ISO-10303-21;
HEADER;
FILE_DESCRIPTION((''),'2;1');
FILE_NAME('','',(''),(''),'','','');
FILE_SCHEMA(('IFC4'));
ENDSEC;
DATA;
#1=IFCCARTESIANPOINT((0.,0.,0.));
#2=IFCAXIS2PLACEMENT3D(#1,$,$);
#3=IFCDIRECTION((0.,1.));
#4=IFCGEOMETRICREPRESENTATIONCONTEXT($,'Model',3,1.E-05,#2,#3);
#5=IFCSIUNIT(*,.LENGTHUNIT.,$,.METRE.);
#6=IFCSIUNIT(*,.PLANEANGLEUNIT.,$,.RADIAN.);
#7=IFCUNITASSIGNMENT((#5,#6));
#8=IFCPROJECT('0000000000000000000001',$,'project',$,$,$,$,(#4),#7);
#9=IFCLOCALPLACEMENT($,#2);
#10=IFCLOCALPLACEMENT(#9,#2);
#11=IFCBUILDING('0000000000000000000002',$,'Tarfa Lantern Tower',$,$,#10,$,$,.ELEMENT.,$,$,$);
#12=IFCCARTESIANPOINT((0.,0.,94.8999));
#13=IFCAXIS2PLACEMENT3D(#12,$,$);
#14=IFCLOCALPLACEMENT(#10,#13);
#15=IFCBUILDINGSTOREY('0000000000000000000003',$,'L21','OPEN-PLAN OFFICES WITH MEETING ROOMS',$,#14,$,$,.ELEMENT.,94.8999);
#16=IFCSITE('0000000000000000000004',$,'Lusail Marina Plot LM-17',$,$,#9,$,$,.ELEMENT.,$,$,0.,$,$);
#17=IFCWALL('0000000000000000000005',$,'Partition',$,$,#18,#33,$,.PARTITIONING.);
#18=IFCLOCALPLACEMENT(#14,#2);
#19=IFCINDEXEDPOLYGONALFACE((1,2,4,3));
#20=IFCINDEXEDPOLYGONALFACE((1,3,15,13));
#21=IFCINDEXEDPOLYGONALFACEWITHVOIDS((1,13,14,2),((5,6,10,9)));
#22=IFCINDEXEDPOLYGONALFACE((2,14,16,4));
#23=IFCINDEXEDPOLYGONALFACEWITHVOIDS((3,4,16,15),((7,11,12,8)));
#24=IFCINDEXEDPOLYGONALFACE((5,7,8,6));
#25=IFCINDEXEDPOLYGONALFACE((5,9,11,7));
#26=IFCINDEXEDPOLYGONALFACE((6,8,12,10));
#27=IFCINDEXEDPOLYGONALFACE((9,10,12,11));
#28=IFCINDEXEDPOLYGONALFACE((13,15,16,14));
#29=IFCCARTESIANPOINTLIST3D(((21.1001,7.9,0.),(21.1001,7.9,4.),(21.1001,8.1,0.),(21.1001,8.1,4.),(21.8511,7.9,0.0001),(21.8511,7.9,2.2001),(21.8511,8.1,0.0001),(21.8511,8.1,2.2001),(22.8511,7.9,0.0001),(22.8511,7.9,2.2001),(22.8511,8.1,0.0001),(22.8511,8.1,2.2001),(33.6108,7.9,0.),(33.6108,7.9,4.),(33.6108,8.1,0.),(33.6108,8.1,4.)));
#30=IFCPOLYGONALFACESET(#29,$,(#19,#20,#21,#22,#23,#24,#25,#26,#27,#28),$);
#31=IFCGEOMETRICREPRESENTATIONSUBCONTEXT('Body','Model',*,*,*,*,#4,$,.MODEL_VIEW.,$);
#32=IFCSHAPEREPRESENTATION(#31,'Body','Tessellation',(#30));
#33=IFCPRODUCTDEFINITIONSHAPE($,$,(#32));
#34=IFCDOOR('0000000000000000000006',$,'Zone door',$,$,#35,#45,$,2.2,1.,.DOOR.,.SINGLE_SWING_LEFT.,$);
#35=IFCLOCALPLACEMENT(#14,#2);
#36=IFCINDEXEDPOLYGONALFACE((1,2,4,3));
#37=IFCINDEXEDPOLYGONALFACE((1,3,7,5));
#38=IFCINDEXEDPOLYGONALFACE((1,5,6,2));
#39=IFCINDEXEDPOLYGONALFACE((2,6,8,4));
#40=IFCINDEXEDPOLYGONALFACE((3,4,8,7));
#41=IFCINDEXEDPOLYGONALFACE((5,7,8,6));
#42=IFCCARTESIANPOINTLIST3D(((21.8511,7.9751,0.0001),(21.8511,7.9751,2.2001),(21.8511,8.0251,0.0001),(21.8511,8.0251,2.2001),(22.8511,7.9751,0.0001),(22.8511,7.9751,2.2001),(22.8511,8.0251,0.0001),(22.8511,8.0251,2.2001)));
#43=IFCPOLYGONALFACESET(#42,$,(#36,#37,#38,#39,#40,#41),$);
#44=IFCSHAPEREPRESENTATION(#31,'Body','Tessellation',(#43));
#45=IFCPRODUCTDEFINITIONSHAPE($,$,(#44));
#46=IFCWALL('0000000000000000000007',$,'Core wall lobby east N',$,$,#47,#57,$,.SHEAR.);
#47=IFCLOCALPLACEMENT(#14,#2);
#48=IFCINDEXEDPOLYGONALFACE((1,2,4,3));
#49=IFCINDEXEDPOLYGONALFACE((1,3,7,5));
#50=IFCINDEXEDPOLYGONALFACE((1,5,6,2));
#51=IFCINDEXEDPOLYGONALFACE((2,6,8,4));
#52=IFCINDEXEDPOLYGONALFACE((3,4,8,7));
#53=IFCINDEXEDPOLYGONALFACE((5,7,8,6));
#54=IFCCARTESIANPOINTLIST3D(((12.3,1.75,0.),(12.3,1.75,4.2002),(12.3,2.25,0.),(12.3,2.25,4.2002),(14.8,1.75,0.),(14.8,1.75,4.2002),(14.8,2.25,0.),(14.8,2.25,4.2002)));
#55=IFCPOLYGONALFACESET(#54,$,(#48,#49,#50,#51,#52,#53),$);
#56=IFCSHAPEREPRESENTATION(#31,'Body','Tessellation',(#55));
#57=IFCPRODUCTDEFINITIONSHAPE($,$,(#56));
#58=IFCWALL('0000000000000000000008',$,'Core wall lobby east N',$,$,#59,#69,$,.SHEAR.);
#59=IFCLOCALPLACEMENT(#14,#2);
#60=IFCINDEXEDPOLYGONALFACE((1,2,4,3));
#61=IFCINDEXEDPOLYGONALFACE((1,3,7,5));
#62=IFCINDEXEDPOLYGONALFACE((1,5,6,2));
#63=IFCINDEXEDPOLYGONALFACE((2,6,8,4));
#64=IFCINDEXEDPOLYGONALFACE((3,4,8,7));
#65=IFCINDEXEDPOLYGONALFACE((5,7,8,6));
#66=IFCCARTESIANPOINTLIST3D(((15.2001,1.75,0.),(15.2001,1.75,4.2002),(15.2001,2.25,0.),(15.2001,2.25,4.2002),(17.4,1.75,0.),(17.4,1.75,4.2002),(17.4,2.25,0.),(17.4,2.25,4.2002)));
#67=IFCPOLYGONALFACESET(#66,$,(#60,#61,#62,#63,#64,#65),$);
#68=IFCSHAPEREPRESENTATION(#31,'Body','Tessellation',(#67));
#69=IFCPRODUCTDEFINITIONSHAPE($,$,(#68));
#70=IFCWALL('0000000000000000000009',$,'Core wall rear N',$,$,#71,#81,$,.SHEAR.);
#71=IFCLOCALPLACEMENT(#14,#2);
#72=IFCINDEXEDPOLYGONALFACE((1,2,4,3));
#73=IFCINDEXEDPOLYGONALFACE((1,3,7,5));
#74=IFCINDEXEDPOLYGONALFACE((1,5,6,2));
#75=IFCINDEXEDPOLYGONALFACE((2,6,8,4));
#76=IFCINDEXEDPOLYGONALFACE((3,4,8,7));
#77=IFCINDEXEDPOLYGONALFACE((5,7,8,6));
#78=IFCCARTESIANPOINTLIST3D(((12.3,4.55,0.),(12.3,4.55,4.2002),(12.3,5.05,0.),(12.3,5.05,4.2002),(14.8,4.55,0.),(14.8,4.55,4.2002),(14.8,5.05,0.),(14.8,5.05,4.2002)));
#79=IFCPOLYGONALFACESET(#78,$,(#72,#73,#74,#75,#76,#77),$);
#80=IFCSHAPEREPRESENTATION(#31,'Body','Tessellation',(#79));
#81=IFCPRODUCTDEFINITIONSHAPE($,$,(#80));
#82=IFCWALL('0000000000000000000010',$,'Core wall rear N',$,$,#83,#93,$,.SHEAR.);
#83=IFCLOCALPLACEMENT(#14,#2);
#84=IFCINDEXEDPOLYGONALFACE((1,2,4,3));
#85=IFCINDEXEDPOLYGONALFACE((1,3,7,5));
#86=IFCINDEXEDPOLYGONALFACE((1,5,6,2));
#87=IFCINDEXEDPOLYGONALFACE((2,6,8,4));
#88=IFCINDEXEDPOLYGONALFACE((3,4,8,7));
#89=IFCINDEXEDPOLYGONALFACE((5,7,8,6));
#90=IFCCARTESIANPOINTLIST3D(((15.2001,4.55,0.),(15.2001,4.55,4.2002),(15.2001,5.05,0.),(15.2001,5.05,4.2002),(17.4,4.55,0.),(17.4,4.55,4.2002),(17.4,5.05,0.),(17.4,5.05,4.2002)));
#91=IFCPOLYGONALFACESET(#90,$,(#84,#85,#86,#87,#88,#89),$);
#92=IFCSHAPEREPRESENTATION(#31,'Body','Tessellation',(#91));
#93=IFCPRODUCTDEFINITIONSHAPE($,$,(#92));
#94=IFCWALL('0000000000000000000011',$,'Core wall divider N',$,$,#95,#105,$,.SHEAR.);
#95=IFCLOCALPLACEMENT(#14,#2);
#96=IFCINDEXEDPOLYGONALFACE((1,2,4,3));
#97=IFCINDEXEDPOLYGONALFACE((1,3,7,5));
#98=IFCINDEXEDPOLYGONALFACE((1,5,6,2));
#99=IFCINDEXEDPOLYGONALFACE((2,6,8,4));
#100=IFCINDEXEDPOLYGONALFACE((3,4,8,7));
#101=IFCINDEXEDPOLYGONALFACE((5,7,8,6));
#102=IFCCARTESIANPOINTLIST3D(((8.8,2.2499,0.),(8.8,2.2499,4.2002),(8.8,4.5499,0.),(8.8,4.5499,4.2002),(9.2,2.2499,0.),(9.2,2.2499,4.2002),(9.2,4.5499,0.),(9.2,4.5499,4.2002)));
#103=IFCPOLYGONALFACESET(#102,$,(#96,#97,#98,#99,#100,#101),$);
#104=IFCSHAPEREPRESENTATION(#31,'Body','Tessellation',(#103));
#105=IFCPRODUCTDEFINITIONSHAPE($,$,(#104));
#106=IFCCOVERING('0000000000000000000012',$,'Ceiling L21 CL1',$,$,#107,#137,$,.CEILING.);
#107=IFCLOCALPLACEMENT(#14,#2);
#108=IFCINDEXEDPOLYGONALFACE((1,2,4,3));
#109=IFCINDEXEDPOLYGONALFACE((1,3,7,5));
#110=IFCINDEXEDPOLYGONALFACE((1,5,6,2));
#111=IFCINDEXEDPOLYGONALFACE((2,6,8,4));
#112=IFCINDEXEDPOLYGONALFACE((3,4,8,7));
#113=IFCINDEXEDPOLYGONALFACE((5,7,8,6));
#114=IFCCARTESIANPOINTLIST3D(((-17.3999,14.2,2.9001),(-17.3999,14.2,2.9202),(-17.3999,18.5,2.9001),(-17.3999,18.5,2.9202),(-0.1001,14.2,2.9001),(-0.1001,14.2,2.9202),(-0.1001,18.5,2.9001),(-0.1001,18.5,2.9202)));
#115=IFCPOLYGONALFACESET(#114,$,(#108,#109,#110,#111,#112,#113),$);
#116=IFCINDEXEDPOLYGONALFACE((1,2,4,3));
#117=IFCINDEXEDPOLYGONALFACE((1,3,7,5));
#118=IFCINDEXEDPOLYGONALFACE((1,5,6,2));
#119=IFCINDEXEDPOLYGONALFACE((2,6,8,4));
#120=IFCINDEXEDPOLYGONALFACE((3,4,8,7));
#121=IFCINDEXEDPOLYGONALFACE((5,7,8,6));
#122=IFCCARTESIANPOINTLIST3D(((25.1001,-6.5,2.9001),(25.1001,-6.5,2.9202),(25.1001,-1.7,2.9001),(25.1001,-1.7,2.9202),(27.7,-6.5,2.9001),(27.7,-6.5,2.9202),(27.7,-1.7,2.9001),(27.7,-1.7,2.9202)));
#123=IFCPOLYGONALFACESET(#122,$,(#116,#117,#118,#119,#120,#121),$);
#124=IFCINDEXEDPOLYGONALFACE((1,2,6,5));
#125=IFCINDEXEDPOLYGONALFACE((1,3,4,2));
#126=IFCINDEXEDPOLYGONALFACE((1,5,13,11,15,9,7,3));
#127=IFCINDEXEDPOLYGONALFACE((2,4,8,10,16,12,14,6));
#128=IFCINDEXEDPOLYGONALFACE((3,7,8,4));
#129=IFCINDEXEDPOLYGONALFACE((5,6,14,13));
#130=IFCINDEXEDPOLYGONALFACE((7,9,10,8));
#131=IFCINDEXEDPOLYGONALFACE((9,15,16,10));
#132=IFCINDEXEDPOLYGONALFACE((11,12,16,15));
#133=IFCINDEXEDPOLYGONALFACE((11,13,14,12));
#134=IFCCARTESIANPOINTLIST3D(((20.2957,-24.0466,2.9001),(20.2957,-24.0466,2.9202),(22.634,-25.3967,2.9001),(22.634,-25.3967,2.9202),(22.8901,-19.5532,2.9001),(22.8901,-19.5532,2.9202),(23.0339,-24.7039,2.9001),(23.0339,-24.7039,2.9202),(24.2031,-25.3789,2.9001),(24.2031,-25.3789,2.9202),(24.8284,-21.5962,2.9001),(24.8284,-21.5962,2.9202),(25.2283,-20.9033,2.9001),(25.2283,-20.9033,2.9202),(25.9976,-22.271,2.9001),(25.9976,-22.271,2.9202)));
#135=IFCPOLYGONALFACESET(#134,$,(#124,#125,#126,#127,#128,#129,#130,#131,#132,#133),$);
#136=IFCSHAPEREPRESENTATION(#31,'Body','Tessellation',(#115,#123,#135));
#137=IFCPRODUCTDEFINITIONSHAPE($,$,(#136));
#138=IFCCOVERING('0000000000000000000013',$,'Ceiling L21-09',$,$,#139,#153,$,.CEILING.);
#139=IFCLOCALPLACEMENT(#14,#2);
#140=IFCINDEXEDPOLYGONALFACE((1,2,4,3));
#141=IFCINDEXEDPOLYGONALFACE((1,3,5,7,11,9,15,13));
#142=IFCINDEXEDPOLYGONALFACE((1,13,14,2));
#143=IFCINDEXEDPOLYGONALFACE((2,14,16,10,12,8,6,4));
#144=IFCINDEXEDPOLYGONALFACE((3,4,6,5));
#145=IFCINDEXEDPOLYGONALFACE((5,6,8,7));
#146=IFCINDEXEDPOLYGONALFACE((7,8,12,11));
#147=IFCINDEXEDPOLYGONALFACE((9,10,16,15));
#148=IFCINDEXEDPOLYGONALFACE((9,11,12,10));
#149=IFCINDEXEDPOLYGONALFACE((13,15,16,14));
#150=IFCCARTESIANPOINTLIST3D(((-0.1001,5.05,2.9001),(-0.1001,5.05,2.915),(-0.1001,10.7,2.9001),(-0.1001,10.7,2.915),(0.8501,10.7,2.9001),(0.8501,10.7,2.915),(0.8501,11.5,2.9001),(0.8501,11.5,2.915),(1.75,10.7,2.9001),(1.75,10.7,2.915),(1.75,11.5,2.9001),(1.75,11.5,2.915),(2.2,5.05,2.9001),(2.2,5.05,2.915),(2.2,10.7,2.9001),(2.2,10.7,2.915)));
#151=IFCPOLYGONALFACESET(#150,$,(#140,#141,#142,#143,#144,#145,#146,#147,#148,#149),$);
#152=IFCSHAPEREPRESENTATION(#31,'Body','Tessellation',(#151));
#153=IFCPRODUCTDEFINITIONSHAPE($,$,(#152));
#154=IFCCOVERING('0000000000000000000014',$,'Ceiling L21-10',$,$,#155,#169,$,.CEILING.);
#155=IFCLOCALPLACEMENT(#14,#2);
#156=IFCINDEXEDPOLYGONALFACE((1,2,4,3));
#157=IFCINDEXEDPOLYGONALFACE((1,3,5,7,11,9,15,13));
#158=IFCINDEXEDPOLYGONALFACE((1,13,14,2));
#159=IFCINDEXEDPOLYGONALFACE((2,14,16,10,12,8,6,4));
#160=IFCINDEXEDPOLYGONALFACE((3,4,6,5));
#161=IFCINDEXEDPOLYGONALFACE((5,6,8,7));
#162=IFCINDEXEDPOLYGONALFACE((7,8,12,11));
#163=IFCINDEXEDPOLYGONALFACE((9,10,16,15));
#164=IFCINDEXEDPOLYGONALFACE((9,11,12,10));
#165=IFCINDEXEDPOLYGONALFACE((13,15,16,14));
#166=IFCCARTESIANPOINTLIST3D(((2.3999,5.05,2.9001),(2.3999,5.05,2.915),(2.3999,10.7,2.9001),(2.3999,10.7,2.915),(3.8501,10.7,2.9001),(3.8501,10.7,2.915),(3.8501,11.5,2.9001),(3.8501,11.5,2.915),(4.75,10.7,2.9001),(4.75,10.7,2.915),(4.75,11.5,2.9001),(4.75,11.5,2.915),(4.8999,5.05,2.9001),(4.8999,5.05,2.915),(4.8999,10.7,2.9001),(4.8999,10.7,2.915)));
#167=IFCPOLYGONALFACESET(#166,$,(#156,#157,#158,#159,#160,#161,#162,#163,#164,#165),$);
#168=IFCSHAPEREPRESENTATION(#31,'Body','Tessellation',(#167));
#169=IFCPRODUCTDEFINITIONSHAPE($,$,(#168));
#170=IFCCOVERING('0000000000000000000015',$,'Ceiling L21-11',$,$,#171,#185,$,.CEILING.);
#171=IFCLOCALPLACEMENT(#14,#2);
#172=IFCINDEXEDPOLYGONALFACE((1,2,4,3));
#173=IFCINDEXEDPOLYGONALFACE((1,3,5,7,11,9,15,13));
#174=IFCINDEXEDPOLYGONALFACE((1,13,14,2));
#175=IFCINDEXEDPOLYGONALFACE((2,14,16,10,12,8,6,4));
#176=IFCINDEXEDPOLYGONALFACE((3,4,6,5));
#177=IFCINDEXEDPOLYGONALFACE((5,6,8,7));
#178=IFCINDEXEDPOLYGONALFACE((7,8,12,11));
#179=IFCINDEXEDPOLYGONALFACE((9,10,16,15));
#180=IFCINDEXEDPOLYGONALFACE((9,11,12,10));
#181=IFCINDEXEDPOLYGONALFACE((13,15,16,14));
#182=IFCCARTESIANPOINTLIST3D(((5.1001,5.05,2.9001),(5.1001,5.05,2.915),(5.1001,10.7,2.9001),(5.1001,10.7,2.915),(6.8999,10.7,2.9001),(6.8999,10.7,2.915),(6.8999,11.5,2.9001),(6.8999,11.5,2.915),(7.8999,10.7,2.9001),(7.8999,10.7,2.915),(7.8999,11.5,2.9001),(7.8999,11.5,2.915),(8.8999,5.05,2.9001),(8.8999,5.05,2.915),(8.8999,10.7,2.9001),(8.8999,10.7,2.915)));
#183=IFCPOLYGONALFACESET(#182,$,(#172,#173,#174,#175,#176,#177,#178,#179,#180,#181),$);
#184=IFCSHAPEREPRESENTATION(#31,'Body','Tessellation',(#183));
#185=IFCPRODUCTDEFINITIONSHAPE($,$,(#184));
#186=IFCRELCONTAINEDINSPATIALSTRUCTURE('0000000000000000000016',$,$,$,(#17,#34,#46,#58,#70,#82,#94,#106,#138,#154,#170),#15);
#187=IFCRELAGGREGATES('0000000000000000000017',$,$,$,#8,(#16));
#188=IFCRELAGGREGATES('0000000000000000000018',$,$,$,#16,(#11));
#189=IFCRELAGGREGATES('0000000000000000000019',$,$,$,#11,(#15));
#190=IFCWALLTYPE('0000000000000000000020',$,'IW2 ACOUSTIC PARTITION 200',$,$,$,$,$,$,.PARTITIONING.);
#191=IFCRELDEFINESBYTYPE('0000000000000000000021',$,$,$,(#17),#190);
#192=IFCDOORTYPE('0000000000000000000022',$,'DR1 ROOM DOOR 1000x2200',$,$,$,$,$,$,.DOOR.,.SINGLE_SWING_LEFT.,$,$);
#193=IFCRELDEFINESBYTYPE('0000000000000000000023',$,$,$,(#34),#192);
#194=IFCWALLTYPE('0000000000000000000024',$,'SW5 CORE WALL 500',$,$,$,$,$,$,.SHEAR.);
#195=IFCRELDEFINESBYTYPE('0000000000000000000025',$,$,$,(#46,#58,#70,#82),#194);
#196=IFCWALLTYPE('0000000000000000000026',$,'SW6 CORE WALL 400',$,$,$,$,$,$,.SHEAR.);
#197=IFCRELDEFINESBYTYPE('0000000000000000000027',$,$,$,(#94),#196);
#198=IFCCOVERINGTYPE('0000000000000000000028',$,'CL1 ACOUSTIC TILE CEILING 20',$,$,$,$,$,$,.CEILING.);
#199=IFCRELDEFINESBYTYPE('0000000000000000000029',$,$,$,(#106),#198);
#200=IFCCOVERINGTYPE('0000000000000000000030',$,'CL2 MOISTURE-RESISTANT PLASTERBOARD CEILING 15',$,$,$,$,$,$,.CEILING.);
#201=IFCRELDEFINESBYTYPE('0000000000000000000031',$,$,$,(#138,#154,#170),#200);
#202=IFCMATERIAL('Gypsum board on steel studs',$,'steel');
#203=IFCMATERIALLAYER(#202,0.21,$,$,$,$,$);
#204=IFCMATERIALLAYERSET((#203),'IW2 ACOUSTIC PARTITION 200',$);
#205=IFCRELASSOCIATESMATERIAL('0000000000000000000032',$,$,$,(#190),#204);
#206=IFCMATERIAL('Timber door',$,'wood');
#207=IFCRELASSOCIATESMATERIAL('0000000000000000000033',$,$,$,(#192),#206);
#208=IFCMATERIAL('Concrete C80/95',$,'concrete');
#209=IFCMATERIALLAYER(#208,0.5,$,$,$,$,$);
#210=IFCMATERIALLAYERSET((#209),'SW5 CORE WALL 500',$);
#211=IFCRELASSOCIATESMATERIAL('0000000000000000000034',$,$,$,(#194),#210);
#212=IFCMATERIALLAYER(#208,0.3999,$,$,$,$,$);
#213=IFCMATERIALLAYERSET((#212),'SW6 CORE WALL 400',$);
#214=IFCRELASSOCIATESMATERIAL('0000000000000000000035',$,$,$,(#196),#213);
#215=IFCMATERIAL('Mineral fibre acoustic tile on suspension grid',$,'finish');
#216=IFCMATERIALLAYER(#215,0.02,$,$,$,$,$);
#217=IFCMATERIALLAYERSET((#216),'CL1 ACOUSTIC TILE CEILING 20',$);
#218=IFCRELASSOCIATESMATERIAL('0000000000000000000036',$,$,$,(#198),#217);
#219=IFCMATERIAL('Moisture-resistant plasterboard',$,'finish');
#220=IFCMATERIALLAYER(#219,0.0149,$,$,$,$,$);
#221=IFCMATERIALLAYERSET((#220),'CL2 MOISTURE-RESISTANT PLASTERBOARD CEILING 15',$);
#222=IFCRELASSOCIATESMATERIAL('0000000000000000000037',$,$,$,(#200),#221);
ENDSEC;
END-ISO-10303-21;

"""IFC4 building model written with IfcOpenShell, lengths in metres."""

from ifc_helpers import new_model, si_unit, direction, frame, frame_2d, origin, place, context, subcontext, project, spatial, polyline, rectangle, outline, extrude, material, layer, layer_set, type_object, element, fill, save


model = new_model("IFC4")

# Units and contexts
model_context = context("Model", 3, precision=1e-05, world=origin(), true_north=direction((0.0, 1.0)))
body_context = subcontext(model_context, "Body", "Model", "MODEL_VIEW")
ifc_project = project(units=[si_unit("LENGTHUNIT", "METRE"), si_unit("PLANEANGLEUNIT", "RADIAN")], contexts=[model_context])

# Site, building, storey
site_placement = place(None, origin())
site = spatial("IfcSite", under=ifc_project, at=site_placement, Name="Lusail Marina Plot LM-17", CompositionType="ELEMENT", RefElevation=0.0)
building_placement = place(site_placement, origin())
building = spatial("IfcBuilding", under=site, at=building_placement, Name="Tarfa Lantern Tower", CompositionType="ELEMENT")
storey_placement = place(building_placement, frame((0.0, 0.0, 94.8999)))
storey = spatial("IfcBuildingStorey", under=building, at=storey_placement, Name="L21", Description="OPEN-PLAN OFFICES WITH MEETING ROOMS", CompositionType="ELEMENT", Elevation=94.8999)

# Shared definitions
ifc_material_1 = material(Name="Gypsum board on steel studs", Category="steel")
ifc_layer_1 = layer(ifc_material_1, 0.21)
ifc_layer_set_1 = layer_set([ifc_layer_1], Name="IW2 ACOUSTIC PARTITION 200")
wall_type_1 = type_object("IfcWallType", Name="IW2 ACOUSTIC PARTITION 200", PredefinedType="PARTITIONING", material=ifc_layer_set_1)

# Wall, opening, door
ifc_material_2 = material(Name="Timber door", Category="wood")
wall_1_placement = place(storey_placement, frame((21.1001, 8.0, 0.0), z_axis=(0.0, 0.0, 1.0), x_axis=(1.0, 0.0, 0.0)))
wall_1 = element("IfcWall", 1, at=wall_1_placement, inside=storey, type_object=wall_type_1, Name="Partition", PredefinedType="PARTITIONING", context=body_context, shape_type="SweptSolid", body=[
    extrude(rectangle(XDim=12.5107, YDim=0.2, at=frame_2d((6.2554, 0.0))), origin(), (0.0, 0.0, 1.0), 4.0),
])
opening_1_placement = place(wall_1_placement, frame((0.751, 0.0, 0.0)))
opening_1 = element("IfcOpeningElement", 2, at=opening_1_placement, cuts=wall_1, PredefinedType="OPENING", context=body_context, shape_type="SweptSolid", body=[
    extrude(rectangle(XDim=1.0, YDim=2.2, at=frame_2d((0.5, 1.1001))), frame((0.0, 0.1099, 0.0), z_axis=(0.0, -1.0, 0.0), x_axis=(1.0, 0.0, 0.0)), (0.0, 0.0, 1.0), 0.22),
])
door_type_1 = type_object("IfcDoorType", Name="DR1 ROOM DOOR 1000x2200", OperationType="SINGLE_SWING_LEFT", PredefinedType="DOOR", material=ifc_material_2)
door_1_placement = place(opening_1_placement, frame((1.0, 0.0, 0.0), z_axis=(0.0, 0.0, 1.0), x_axis=(-1.0, 0.0, 0.0)))
door_1 = element("IfcDoor", 3, at=door_1_placement, inside=storey, type_object=door_type_1, Name="Zone door", OperationType="SINGLE_SWING_LEFT", OverallHeight=2.2, OverallWidth=1.0, PredefinedType="DOOR", context=body_context, shape_type="SweptSolid", body=[
    extrude(rectangle(XDim=1.0, YDim=2.2, at=frame_2d((0.5, 1.1001))), frame((0.0, 0.0249, 0.0), z_axis=(0.0, -1.0, 0.0), x_axis=(1.0, 0.0, 0.0)), (0.0, 0.0, 1.0), 0.05),
])
fill(opening_1, door_1)

# Walls
ifc_material_3 = material(Name="Concrete C80/95", Category="concrete")
ifc_layer_2 = layer(ifc_material_3, 0.5)
ifc_layer_set_2 = layer_set([ifc_layer_2], Name="SW5 CORE WALL 500")
wall_type_2 = type_object("IfcWallType", Name="SW5 CORE WALL 500", PredefinedType="SHEAR", material=ifc_layer_set_2)
wall_2_placement = place(storey_placement, frame((12.3, 2.0, 0.0), z_axis=(0.0, 0.0, 1.0), x_axis=(1.0, 0.0, 0.0)))
element("IfcWall", 4, at=wall_2_placement, inside=storey, type_object=wall_type_2, Name="Core wall lobby east N", PredefinedType="SHEAR", context=body_context, shape_type="SweptSolid", body=[
    extrude(rectangle(XDim=2.5, YDim=0.5, at=frame_2d((1.25, 0.0))), origin(), (0.0, 0.0, 1.0), 4.2002),
])
wall_3_placement = place(storey_placement, frame((15.2, 2.0, 0.0), z_axis=(0.0, 0.0, 1.0), x_axis=(1.0, 0.0, 0.0)))
element("IfcWall", 5, at=wall_3_placement, inside=storey, type_object=wall_type_2, Name="Core wall lobby east N", PredefinedType="SHEAR", context=body_context, shape_type="SweptSolid", body=[
    extrude(rectangle(XDim=2.2, YDim=0.5, at=frame_2d((1.1001, 0.0))), origin(), (0.0, 0.0, 1.0), 4.2002),
])
wall_4_placement = place(storey_placement, frame((12.3, 4.8, 0.0), z_axis=(0.0, 0.0, 1.0), x_axis=(1.0, 0.0, 0.0)))
element("IfcWall", 6, at=wall_4_placement, inside=storey, type_object=wall_type_2, Name="Core wall rear N", PredefinedType="SHEAR", context=body_context, shape_type="SweptSolid", body=[
    extrude(rectangle(XDim=2.5, YDim=0.5, at=frame_2d((1.25, 0.0))), origin(), (0.0, 0.0, 1.0), 4.2002),
])
wall_5_placement = place(storey_placement, frame((15.2, 4.8, 0.0), z_axis=(0.0, 0.0, 1.0), x_axis=(1.0, 0.0, 0.0)))
element("IfcWall", 7, at=wall_5_placement, inside=storey, type_object=wall_type_2, Name="Core wall rear N", PredefinedType="SHEAR", context=body_context, shape_type="SweptSolid", body=[
    extrude(rectangle(XDim=2.2, YDim=0.5, at=frame_2d((1.1001, 0.0))), origin(), (0.0, 0.0, 1.0), 4.2002),
])
ifc_layer_3 = layer(ifc_material_3, 0.3999)
ifc_layer_set_3 = layer_set([ifc_layer_3], Name="SW6 CORE WALL 400")
wall_type_3 = type_object("IfcWallType", Name="SW6 CORE WALL 400", PredefinedType="SHEAR", material=ifc_layer_set_3)
wall_6_placement = place(storey_placement, frame((9.0, 2.25, 0.0), z_axis=(0.0, 0.0, 1.0), x_axis=(0.0, 1.0, 0.0)))
element("IfcWall", 8, at=wall_6_placement, inside=storey, type_object=wall_type_3, Name="Core wall divider N", PredefinedType="SHEAR", context=body_context, shape_type="SweptSolid", body=[
    extrude(rectangle(XDim=2.3, YDim=0.3999, at=frame_2d((1.1499, 0.0))), origin(), (0.0, 0.0, 1.0), 4.2002),
])

# Coverings
ifc_material_4 = material(Name="Mineral fibre acoustic tile on suspension grid", Category="finish")
ifc_layer_4 = layer(ifc_material_4, 0.02)
ifc_layer_set_4 = layer_set([ifc_layer_4], Name="CL1 ACOUSTIC TILE CEILING 20")
covering_type_1 = type_object("IfcCoveringType", Name="CL1 ACOUSTIC TILE CEILING 20", PredefinedType="CEILING", material=ifc_layer_set_4)
covering_1_placement = place(storey_placement, frame((0.0, 0.0, 2.9001)))
element("IfcCovering", 9, at=covering_1_placement, inside=storey, type_object=covering_type_1, Name="Ceiling L21 CL1", PredefinedType="CEILING", context=body_context, shape_type="SweptSolid", body=[
    extrude(outline(polyline([(-17.3999, 18.5), (-0.1001, 18.5), (-0.1001, 14.2), (-17.3999, 14.2), (-17.3999, 18.5)])), origin(), (0.0, 0.0, 1.0), 0.02),
    extrude(outline(polyline([(25.1001, -1.7), (27.7, -1.7), (27.7, -6.5), (25.1001, -6.5), (25.1001, -1.7)])), origin(), (0.0, 0.0, 1.0), 0.02),
    extrude(outline(polyline([(22.8901, -19.5532), (25.2283, -20.9033), (24.8284, -21.5962), (25.9976, -22.271), (24.2031, -25.3789), (23.0339, -24.7039), (22.634, -25.3967), (20.2957, -24.0466), (22.8901, -19.5532)])), origin(), (0.0, 0.0, 1.0), 0.02),
])
ifc_material_5 = material(Name="Moisture-resistant plasterboard", Category="finish")
ifc_layer_5 = layer(ifc_material_5, 0.0149)
ifc_layer_set_5 = layer_set([ifc_layer_5], Name="CL2 MOISTURE-RESISTANT PLASTERBOARD CEILING 15")
covering_type_2 = type_object("IfcCoveringType", Name="CL2 MOISTURE-RESISTANT PLASTERBOARD CEILING 15", PredefinedType="CEILING", material=ifc_layer_set_5)
covering_2_placement = place(storey_placement, frame((0.0, 0.0, 2.9001)))
element("IfcCovering", 10, at=covering_2_placement, inside=storey, type_object=covering_type_2, Name="Ceiling L21-09", PredefinedType="CEILING", context=body_context, shape_type="SweptSolid", body=[
    extrude(outline(polyline([(0.8501, 10.7), (-0.1001, 10.7), (-0.1001, 5.05), (2.2, 5.05), (2.2, 10.7), (1.75, 10.7), (1.75, 11.5), (0.8501, 11.5), (0.8501, 10.7)])), origin(), (0.0, 0.0, 1.0), 0.0149),
])
covering_3_placement = place(storey_placement, frame((0.0, 0.0, 2.9001)))
element("IfcCovering", 11, at=covering_3_placement, inside=storey, type_object=covering_type_2, Name="Ceiling L21-10", PredefinedType="CEILING", context=body_context, shape_type="SweptSolid", body=[
    extrude(outline(polyline([(2.3999, 5.05), (4.8999, 5.05), (4.8999, 10.7), (4.75, 10.7), (4.75, 11.5), (3.8501, 11.5), (3.8501, 10.7), (2.3999, 10.7), (2.3999, 5.05)])), origin(), (0.0, 0.0, 1.0), 0.0149),
])
covering_4_placement = place(storey_placement, frame((0.0, 0.0, 2.9001)))
element("IfcCovering", 12, at=covering_4_placement, inside=storey, type_object=covering_type_2, Name="Ceiling L21-11", PredefinedType="CEILING", context=body_context, shape_type="SweptSolid", body=[
    extrude(outline(polyline([(5.1001, 5.05), (8.8999, 5.05), (8.8999, 10.7), (7.8999, 10.7), (7.8999, 11.5), (6.8999, 11.5), (6.8999, 10.7), (5.1001, 10.7), (5.1001, 5.05)])), origin(), (0.0, 0.0, 1.0), 0.0149),
])

save(model, "model.ifc")
